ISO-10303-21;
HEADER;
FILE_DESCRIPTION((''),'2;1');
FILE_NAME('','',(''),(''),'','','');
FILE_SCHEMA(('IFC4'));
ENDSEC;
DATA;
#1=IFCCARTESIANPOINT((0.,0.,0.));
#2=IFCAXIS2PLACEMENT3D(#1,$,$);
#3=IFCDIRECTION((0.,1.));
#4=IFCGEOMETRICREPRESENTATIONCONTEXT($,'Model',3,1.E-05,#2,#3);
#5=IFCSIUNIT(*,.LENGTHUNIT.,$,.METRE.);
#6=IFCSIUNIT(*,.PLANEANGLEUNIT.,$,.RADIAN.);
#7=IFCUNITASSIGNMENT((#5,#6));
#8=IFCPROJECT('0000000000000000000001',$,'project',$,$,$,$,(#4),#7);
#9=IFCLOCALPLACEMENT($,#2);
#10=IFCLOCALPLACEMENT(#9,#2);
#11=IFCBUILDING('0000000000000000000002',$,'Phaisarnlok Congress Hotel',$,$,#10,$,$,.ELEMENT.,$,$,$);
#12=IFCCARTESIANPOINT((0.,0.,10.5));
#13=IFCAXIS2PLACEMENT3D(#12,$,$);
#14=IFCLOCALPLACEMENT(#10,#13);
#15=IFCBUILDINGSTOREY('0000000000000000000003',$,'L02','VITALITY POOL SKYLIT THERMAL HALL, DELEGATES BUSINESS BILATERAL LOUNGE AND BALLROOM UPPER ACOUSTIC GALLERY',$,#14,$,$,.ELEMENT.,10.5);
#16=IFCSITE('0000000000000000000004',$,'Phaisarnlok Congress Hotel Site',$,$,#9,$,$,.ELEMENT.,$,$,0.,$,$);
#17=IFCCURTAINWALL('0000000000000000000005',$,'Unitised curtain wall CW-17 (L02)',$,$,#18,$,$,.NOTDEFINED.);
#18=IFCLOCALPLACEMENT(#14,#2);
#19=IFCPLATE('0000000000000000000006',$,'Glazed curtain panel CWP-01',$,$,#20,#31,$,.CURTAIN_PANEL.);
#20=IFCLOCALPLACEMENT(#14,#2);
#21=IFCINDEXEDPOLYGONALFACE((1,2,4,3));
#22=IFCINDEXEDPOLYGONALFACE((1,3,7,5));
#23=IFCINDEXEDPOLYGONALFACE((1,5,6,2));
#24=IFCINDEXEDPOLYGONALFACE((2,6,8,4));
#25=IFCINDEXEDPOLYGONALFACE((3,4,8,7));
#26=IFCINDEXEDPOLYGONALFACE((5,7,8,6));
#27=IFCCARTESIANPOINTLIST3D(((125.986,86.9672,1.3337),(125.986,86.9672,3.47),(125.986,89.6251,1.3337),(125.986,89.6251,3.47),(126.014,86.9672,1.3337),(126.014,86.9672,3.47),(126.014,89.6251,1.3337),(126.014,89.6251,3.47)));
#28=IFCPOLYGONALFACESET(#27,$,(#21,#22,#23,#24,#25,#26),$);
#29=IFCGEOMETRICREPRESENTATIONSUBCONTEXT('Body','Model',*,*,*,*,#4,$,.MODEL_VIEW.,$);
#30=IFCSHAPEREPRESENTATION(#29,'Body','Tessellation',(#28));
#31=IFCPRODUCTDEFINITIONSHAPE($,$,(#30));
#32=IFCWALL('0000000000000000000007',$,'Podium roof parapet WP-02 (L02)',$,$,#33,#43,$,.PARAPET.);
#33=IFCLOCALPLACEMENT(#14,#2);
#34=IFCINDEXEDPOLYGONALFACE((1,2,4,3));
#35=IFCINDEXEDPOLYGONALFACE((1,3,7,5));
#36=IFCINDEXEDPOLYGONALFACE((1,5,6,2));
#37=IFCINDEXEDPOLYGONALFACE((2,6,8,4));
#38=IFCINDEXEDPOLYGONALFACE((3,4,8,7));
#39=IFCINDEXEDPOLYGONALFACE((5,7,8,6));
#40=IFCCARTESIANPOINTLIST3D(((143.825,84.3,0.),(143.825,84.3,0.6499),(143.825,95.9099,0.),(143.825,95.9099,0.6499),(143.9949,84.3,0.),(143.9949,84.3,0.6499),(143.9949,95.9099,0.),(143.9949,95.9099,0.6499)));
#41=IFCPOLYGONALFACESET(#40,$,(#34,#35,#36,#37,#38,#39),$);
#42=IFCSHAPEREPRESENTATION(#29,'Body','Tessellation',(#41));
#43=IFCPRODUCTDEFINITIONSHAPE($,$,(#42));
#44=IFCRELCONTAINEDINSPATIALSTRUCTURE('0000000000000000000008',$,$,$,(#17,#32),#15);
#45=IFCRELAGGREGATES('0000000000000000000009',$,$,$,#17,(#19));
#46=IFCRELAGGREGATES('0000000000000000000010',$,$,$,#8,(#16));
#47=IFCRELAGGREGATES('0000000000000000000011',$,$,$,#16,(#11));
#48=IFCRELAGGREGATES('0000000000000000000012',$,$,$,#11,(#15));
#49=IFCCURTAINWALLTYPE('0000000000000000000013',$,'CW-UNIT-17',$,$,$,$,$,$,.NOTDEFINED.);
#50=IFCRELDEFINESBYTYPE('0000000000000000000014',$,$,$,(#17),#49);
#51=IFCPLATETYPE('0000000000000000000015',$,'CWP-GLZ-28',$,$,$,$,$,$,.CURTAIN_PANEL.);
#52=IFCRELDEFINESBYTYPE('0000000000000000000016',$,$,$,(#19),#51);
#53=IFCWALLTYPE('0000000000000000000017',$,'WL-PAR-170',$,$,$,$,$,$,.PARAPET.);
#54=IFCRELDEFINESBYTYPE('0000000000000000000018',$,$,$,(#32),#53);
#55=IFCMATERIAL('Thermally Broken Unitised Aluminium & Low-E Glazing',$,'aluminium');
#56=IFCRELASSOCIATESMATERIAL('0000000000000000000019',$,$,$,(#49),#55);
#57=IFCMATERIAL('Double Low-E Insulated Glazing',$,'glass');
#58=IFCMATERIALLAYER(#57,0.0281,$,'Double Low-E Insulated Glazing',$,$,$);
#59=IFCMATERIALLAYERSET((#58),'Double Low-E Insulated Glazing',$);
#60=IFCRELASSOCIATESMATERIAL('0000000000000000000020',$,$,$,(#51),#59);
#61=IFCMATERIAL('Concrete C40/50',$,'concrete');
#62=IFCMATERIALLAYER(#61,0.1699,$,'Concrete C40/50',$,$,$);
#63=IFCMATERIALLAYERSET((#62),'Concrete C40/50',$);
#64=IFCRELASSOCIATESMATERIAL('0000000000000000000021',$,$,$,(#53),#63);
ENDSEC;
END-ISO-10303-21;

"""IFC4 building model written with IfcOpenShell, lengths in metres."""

from ifc_helpers import new_model, si_unit, direction, frame, frame_2d, origin, place, context, subcontext, project, spatial, rectangle, extrude, material, layer, layer_set, type_object, element, aggregate, save


model = new_model("IFC4")

# Units and contexts
model_context = context("Model", 3, precision=1e-05, world=origin(), true_north=direction((0.0, 1.0)))
body_context = subcontext(model_context, "Body", "Model", "MODEL_VIEW")
ifc_project = project(units=[si_unit("LENGTHUNIT", "METRE"), si_unit("PLANEANGLEUNIT", "RADIAN")], contexts=[model_context])

# Site, building, storey
site_placement = place(None, origin())
site = spatial("IfcSite", under=ifc_project, at=site_placement, Name="Phaisarnlok Congress Hotel Site", CompositionType="ELEMENT", RefElevation=0.0)
building_placement = place(site_placement, origin())
building = spatial("IfcBuilding", under=site, at=building_placement, Name="Phaisarnlok Congress Hotel", CompositionType="ELEMENT")
storey_placement = place(building_placement, frame((0.0, 0.0, 10.5)))
storey = spatial("IfcBuildingStorey", under=building, at=storey_placement, Name="L02", Description="VITALITY POOL SKYLIT THERMAL HALL, DELEGATES BUSINESS BILATERAL LOUNGE AND BALLROOM UPPER ACOUSTIC GALLERY", CompositionType="ELEMENT", Elevation=10.5)

# Shared definitions
ifc_material_1 = material(Name="Thermally Broken Unitised Aluminium & Low-E Glazing", Category="aluminium")

# Curtain wall
curtain_wall_type_1 = type_object("IfcCurtainWallType", Name="CW-UNIT-17", PredefinedType="NOTDEFINED", material=ifc_material_1)
curtain_wall_1_placement = place(storey_placement, origin())
curtain_wall_1 = element("IfcCurtainWall", 1, at=curtain_wall_1_placement, inside=storey, type_object=curtain_wall_type_1, Name="Unitised curtain wall CW-17 (L02)", PredefinedType="NOTDEFINED")

# Shared definitions
ifc_material_2 = material(Name="Concrete C40/50", Category="concrete")

# Shared definitions
ifc_material_3 = material(Name="Double Low-E Insulated Glazing", Category="glass")
ifc_layer_1 = layer(ifc_material_3, 0.0281, Name="Double Low-E Insulated Glazing")
ifc_layer_set_1 = layer_set([ifc_layer_1], Name="Double Low-E Insulated Glazing")
plate_type = type_object("IfcPlateType", Name="CWP-GLZ-28", PredefinedType="CURTAIN_PANEL", material=ifc_layer_set_1)

# Plate
plate_1_placement = place(storey_placement, frame((126.0, 86.967, 1.3337), z_axis=(0.0, 0.0, 1.0), x_axis=(0.0, 1.0, 0.0)))
plate_1 = element("IfcPlate", 2, at=plate_1_placement, type_object=plate_type, Name="Glazed curtain panel CWP-01", PredefinedType="CURTAIN_PANEL", context=body_context, shape_type="SweptSolid", body=[
    extrude(rectangle(XDim=2.658, YDim=0.0281, at=frame_2d((1.3291, 0.0))), origin(), (0.0, 0.0, 1.0), 2.1362),
])
aggregate(curtain_wall_1, [plate_1])

# Wall
ifc_layer_2 = layer(ifc_material_2, 0.1699, Name="Concrete C40/50")
ifc_layer_set_2 = layer_set([ifc_layer_2], Name="Concrete C40/50")
wall_type = type_object("IfcWallType", Name="WL-PAR-170", PredefinedType="PARAPET", material=ifc_layer_set_2)
wall_placement = place(storey_placement, frame((143.9099, 84.3, 0.0), z_axis=(0.0, 0.0, 1.0), x_axis=(0.0, 1.0, 0.0)))
element("IfcWall", 3, at=wall_placement, inside=storey, type_object=wall_type, Name="Podium roof parapet WP-02 (L02)", PredefinedType="PARAPET", context=body_context, shape_type="SweptSolid", body=[
    extrude(rectangle(XDim=11.6099, YDim=0.1699, at=frame_2d((5.8049, 0.0))), origin(), (0.0, 0.0, 1.0), 0.6499),
])

save(model, "model.ifc")
